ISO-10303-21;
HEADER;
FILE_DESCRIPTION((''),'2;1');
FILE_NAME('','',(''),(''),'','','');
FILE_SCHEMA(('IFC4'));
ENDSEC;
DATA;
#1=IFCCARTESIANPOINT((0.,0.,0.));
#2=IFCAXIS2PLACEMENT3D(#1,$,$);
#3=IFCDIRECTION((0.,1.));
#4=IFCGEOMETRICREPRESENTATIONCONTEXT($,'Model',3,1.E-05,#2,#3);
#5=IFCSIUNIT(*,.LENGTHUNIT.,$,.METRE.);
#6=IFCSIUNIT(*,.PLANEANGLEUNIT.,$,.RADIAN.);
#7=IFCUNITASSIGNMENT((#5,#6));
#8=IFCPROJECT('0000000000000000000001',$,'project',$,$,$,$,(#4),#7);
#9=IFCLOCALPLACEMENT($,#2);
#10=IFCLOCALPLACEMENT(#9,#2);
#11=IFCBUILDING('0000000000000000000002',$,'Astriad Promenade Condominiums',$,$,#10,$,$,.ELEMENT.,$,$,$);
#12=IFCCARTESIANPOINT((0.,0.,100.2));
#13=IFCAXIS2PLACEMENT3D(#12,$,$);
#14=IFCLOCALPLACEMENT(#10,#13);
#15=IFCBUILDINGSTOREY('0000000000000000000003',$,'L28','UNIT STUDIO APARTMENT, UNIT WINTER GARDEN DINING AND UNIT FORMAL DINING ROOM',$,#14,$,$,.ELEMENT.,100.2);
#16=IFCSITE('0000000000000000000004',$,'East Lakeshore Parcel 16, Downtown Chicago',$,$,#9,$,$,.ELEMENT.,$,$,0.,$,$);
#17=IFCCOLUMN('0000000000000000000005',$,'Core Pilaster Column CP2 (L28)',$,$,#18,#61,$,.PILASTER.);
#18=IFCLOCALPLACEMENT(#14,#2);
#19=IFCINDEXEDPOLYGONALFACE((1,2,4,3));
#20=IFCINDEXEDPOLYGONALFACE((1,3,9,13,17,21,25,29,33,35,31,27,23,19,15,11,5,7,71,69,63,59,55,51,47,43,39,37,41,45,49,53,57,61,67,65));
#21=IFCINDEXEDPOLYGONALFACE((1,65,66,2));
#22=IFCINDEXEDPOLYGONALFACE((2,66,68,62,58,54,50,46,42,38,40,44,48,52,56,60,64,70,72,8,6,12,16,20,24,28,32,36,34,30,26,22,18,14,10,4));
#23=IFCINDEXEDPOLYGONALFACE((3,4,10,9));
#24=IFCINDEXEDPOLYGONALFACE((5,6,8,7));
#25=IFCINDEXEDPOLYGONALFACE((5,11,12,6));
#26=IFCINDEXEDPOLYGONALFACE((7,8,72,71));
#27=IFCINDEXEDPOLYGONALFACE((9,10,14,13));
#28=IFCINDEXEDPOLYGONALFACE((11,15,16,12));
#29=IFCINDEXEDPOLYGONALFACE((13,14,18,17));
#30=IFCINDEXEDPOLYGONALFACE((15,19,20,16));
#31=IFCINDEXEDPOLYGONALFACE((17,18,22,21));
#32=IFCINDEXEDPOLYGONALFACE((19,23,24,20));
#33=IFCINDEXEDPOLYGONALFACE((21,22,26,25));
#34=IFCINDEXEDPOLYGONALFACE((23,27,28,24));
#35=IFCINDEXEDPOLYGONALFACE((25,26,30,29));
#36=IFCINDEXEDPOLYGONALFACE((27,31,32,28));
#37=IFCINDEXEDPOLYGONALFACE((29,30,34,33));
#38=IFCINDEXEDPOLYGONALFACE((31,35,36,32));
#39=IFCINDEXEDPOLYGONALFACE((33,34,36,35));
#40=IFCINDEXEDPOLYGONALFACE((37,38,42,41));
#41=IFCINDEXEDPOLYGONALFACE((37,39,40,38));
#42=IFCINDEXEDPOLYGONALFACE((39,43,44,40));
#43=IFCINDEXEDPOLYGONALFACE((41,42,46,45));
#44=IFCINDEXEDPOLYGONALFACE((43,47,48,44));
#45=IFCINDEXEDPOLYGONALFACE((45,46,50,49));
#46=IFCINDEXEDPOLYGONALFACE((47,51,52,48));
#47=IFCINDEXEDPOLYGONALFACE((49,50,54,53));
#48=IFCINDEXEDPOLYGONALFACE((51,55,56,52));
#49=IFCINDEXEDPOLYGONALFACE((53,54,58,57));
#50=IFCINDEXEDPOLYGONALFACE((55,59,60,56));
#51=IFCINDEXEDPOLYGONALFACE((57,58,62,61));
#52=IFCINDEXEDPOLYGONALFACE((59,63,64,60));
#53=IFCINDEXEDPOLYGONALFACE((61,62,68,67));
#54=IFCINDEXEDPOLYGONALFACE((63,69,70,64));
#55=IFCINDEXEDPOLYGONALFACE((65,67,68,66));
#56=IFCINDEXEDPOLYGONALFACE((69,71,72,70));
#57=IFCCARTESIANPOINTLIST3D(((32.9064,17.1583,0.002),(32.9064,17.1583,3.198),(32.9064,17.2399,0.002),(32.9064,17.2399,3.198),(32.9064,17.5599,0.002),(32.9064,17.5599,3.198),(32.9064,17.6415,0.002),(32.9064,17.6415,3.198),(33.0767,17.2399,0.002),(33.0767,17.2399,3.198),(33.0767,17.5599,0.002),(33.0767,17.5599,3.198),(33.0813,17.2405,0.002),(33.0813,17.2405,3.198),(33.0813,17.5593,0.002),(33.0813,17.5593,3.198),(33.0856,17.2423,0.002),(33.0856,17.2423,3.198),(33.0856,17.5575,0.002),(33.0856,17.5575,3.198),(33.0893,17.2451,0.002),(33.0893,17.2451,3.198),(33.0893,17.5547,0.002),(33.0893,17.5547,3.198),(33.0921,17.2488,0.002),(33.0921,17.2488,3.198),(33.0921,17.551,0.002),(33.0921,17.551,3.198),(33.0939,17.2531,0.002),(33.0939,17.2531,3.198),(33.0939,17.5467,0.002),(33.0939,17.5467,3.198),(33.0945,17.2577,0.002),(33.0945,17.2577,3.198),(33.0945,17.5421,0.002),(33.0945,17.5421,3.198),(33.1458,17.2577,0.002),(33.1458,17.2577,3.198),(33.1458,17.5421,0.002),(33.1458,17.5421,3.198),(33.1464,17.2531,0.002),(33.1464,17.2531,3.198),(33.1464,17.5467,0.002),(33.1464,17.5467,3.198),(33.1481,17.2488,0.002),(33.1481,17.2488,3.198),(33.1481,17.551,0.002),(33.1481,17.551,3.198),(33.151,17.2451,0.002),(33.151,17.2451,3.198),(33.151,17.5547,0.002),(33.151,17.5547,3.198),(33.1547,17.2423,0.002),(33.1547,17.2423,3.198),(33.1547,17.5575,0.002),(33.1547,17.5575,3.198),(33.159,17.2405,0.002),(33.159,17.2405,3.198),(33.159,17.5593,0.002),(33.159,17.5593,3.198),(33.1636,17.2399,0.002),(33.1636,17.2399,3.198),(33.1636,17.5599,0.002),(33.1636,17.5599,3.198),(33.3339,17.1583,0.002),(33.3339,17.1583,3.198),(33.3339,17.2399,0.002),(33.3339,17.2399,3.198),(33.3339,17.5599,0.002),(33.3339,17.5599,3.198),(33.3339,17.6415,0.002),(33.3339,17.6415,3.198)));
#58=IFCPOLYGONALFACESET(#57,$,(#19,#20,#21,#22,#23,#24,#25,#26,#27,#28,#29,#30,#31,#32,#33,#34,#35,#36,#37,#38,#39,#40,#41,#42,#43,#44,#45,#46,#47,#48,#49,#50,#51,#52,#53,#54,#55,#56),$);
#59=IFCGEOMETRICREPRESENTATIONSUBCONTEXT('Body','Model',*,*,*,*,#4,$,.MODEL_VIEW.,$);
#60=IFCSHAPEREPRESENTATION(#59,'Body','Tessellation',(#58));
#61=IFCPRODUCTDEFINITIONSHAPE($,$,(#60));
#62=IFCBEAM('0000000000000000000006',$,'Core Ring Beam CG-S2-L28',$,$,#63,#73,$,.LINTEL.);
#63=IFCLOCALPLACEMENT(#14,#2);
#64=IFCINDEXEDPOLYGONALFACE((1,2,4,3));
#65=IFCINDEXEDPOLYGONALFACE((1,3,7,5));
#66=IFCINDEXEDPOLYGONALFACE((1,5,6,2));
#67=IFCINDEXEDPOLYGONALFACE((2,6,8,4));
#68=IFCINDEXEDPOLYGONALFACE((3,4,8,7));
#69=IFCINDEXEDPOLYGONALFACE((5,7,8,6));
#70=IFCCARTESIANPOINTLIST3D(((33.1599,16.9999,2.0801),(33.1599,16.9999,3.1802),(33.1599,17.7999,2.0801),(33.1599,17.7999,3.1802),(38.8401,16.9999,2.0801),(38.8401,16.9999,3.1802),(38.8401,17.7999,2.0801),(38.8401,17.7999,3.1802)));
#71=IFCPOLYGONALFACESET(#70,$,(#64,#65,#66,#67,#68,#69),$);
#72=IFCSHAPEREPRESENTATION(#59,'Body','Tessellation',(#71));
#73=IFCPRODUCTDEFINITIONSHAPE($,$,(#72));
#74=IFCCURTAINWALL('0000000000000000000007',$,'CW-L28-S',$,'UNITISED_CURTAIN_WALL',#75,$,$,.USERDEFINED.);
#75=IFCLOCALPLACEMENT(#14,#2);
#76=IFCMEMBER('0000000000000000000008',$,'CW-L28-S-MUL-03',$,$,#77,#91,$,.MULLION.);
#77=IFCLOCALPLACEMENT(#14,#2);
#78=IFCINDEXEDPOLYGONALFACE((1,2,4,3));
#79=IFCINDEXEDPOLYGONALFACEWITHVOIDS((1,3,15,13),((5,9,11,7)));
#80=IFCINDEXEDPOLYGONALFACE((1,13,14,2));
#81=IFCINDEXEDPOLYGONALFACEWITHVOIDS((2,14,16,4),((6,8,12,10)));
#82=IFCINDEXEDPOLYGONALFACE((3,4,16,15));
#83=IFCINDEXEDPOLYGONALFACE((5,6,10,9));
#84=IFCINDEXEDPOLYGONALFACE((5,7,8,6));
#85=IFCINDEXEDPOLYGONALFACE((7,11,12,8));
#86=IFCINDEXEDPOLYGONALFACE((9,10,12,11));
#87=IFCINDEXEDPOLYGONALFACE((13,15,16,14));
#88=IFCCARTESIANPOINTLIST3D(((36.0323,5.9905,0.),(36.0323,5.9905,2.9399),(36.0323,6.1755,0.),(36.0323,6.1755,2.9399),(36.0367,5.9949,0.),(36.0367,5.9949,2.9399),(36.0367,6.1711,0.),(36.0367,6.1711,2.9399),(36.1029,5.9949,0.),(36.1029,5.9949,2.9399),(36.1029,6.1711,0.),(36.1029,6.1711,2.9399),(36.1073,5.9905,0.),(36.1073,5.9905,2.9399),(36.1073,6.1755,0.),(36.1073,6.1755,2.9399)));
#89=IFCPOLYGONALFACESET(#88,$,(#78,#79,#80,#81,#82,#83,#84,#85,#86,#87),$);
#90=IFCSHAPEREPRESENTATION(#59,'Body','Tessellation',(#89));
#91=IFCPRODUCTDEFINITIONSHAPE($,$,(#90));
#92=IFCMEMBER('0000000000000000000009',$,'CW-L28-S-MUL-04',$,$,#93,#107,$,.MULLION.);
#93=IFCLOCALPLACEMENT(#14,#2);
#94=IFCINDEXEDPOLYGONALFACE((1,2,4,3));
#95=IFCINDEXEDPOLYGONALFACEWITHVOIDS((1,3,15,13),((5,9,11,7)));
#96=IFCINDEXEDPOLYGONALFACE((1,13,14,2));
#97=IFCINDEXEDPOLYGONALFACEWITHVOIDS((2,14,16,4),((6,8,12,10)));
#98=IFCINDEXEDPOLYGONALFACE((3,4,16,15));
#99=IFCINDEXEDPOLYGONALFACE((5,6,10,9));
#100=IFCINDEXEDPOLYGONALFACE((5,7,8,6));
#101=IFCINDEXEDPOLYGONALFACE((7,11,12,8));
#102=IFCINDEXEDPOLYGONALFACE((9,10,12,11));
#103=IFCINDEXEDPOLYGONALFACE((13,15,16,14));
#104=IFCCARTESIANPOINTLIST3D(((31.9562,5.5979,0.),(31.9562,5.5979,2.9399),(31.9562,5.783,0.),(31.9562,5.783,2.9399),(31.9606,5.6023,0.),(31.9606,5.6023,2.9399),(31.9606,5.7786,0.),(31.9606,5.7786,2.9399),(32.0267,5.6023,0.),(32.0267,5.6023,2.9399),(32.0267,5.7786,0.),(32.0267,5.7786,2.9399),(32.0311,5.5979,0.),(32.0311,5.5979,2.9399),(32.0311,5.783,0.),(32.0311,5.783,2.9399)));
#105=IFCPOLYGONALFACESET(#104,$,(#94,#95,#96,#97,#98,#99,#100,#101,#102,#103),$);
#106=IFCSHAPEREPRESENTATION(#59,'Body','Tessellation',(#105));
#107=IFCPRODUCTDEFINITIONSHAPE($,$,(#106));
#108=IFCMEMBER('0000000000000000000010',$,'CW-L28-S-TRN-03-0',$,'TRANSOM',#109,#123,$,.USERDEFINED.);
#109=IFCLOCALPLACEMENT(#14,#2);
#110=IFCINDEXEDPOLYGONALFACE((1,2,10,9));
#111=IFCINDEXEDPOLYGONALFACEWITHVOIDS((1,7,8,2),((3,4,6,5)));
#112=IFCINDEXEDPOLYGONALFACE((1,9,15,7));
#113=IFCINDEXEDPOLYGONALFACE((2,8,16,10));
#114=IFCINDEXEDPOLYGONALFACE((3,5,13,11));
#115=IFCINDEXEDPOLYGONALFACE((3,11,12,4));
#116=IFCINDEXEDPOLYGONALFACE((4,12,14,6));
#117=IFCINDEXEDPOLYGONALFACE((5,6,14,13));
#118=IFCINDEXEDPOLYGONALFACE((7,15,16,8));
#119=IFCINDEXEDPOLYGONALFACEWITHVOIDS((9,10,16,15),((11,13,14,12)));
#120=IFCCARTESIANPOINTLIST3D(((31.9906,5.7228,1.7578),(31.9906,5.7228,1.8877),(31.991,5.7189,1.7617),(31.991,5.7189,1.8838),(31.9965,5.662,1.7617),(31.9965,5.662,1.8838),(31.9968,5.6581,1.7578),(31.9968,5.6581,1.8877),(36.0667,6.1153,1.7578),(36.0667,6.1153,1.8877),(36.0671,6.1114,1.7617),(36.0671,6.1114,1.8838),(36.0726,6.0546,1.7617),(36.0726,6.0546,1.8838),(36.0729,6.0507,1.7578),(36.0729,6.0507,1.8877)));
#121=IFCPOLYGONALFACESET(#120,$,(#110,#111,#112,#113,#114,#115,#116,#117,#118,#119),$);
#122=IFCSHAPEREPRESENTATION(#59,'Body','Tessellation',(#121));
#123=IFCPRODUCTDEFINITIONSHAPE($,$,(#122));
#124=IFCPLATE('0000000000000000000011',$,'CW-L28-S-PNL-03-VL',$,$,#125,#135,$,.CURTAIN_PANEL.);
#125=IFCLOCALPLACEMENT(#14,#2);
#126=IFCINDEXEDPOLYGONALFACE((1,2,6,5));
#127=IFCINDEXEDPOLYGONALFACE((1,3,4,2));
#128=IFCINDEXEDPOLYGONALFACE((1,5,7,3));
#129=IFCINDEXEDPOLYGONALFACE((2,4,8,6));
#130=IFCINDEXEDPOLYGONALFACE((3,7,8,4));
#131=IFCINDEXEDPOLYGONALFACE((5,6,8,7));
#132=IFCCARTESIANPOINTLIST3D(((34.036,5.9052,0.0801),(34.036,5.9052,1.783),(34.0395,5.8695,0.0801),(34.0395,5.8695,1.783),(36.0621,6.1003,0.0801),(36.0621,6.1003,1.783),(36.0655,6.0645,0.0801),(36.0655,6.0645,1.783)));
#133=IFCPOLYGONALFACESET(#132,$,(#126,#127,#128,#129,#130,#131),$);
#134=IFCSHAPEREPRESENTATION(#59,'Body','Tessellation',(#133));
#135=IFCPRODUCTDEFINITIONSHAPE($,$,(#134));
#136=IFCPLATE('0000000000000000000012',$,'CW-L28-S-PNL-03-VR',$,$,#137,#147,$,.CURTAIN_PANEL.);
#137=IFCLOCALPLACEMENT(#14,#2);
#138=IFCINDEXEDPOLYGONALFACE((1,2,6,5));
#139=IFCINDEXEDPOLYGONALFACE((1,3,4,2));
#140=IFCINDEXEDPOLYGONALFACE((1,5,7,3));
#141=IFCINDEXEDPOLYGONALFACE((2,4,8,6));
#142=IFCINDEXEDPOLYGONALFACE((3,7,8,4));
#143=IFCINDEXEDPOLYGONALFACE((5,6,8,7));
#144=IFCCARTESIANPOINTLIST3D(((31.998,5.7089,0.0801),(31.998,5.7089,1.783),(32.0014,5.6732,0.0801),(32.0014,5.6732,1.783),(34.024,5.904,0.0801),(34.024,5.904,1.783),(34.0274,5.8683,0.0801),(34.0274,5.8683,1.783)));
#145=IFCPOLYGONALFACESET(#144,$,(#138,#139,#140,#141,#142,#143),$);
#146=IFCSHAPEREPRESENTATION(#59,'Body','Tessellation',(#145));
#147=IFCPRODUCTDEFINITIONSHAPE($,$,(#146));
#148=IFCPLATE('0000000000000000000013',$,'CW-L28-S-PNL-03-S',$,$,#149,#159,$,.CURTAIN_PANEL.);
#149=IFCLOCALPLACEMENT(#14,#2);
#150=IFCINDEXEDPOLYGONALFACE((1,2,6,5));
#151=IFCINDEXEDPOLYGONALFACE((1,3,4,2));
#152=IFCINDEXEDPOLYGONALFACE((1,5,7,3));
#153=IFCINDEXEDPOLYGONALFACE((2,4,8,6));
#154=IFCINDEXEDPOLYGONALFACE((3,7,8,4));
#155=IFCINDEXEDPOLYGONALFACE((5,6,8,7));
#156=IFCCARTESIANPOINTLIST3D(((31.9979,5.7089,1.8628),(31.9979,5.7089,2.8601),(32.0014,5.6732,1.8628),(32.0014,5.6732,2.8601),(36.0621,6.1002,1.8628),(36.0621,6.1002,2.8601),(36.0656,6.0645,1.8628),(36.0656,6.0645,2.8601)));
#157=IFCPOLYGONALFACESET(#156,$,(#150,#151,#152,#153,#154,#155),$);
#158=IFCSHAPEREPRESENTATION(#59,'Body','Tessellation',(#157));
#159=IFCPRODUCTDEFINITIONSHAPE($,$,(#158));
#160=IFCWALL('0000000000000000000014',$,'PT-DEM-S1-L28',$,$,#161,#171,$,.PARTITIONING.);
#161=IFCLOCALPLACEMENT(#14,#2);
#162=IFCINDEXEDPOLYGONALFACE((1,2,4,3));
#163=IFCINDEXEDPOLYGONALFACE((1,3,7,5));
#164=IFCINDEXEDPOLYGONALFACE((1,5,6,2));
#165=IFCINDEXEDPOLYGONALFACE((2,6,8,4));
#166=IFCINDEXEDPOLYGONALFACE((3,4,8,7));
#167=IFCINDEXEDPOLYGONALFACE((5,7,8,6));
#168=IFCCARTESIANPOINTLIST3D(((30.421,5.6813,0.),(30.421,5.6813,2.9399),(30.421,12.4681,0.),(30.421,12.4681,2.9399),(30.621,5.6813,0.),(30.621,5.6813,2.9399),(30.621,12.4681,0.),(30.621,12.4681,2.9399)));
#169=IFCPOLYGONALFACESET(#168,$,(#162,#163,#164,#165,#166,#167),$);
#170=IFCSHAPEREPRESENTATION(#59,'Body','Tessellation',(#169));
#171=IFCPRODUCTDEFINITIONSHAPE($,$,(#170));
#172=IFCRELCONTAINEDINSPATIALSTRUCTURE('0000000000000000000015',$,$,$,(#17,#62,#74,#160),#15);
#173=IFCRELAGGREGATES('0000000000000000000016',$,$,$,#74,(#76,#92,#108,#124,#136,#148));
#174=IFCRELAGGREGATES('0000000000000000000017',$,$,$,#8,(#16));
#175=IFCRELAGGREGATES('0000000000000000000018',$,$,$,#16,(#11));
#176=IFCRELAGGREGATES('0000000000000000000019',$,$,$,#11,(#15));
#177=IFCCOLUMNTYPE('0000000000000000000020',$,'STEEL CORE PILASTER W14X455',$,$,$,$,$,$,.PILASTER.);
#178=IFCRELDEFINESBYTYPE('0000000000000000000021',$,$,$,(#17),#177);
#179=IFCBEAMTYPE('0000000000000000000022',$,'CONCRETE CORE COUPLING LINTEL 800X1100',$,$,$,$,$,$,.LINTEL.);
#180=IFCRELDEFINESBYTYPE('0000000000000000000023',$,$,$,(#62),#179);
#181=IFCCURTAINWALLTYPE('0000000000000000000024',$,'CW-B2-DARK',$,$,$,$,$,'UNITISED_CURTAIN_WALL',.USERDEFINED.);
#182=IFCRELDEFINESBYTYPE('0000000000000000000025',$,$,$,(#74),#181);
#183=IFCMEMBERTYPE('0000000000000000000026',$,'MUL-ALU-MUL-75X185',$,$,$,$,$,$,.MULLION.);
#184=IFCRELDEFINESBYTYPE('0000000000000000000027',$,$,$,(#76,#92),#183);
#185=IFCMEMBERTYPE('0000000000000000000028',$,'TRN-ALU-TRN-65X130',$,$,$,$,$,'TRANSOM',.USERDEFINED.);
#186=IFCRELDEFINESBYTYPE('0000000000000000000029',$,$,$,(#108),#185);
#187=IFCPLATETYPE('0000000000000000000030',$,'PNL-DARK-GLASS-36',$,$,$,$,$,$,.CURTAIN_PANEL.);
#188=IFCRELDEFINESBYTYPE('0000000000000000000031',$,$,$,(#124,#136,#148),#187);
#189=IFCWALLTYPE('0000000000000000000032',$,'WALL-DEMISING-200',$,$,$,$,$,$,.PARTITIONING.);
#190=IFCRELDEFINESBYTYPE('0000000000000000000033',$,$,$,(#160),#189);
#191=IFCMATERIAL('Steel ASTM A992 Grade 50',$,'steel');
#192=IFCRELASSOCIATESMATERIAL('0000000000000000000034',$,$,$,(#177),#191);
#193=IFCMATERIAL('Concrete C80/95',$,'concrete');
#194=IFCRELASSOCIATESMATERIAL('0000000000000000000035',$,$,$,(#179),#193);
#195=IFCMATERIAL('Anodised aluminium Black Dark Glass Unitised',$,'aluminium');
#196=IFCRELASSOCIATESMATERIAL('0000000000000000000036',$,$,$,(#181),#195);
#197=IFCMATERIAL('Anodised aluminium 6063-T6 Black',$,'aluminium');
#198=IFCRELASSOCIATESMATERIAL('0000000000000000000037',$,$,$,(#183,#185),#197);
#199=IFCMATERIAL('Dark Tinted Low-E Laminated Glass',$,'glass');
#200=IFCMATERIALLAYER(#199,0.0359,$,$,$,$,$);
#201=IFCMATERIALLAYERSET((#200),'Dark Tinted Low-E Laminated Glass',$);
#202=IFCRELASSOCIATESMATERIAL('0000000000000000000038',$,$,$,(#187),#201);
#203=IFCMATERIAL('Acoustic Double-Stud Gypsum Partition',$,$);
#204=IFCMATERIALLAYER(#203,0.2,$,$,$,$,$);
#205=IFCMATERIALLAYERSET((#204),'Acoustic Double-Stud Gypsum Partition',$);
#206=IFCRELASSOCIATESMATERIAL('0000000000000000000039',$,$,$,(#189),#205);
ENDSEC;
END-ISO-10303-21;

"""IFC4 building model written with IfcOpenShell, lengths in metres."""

from ifc_helpers import new_model, si_unit, direction, frame, frame_2d, origin, origin_2d, place, context, subcontext, project, spatial, rectangle, hollow_rectangle, i_section, extrude, source, transform, mapped, material, layer, layer_set, material_profile, profile_set, type_object, type_shapes, element, aggregate, save


model = new_model("IFC4")

# Units and contexts
model_context = context("Model", 3, precision=1e-05, world=origin(), true_north=direction((0.0, 1.0)))
body_context = subcontext(model_context, "Body", "Model", "MODEL_VIEW")
ifc_project = project(units=[si_unit("LENGTHUNIT", "METRE"), si_unit("PLANEANGLEUNIT", "RADIAN")], contexts=[model_context])

# Site, building, storey
site_placement = place(None, origin())
site = spatial("IfcSite", under=ifc_project, at=site_placement, Name="East Lakeshore Parcel 16, Downtown Chicago", CompositionType="ELEMENT", RefElevation=0.0)
building_placement = place(site_placement, origin())
building = spatial("IfcBuilding", under=site, at=building_placement, Name="Astriad Promenade Condominiums", CompositionType="ELEMENT")
storey_placement = place(building_placement, frame((0.0, 0.0, 100.2)))
storey = spatial("IfcBuildingStorey", under=building, at=storey_placement, Name="L28", Description="UNIT STUDIO APARTMENT, UNIT WINTER GARDEN DINING AND UNIT FORMAL DINING ROOM", CompositionType="ELEMENT", Elevation=100.2)

# Column
ifc_material_1 = material(Name="Steel ASTM A992 Grade 50", Category="steel")
ifc_material_profile_1 = material_profile(ifc_material_1, i_section(OverallWidth=0.4275, OverallDepth=0.4832, WebThickness=0.0513, FlangeThickness=0.0815, FilletRadius=0.0178, at=origin_2d()), Name="W14X455")
ifc_profile_set_1 = profile_set([ifc_material_profile_1], Name="Steel ASTM A992 Grade 50")
column_type = type_object("IfcColumnType", Name="STEEL CORE PILASTER W14X455", PredefinedType="PILASTER", material=ifc_profile_set_1)
shared_shape_1 = source(origin(), body_context, "Body", "SweptSolid", [
    extrude(i_section(OverallWidth=0.4275, OverallDepth=0.4832, WebThickness=0.0513, FlangeThickness=0.0815, FilletRadius=0.0178, at=origin_2d()), origin(), (0.0, 0.0, 1.0), 3.196),
])
type_shapes(column_type, [shared_shape_1])
column_placement = place(storey_placement, frame((33.1201, 17.3999, 0.002), z_axis=(0.0, 0.0, 1.0), x_axis=(1.0, 0.0, 0.0)))
element("IfcColumn", 1, at=column_placement, inside=storey, type_object=column_type, Name="Core Pilaster Column CP2 (L28)", PredefinedType="PILASTER", context=body_context, shape_type="MappedRepresentation", body=[
    mapped(shared_shape_1, transform((0.0, 0.0, 0.0), scale=1.0)),
])

# Beam
ifc_material_2 = material(Name="Concrete C80/95", Category="concrete")
ifc_material_profile_2 = material_profile(ifc_material_2, rectangle(XDim=0.8, YDim=1.1001, at=origin_2d()), Name="RC-BM-800X1100")
ifc_profile_set_2 = profile_set([ifc_material_profile_2], Name="Concrete C80/95")
beam_type = type_object("IfcBeamType", Name="CONCRETE CORE COUPLING LINTEL 800X1100", PredefinedType="LINTEL", material=ifc_profile_set_2)
shared_shape_2 = source(origin(), body_context, "Body", "SweptSolid", [
    extrude(rectangle(XDim=0.8, YDim=1.1001, at=origin_2d()), origin(), (0.0, 0.0, 1.0), 5.6802),
])
type_shapes(beam_type, [shared_shape_2])
beam_placement = place(storey_placement, frame((33.1599, 17.3999, 2.6301), z_axis=(1.0, 0.0, 0.0), x_axis=(0.0, 1.0, 0.0)))
element("IfcBeam", 2, at=beam_placement, inside=storey, type_object=beam_type, Name="Core Ring Beam CG-S2-L28", PredefinedType="LINTEL", context=body_context, shape_type="MappedRepresentation", body=[
    mapped(shared_shape_2, transform((0.0, 0.0, 0.0), scale=1.0)),
])

# Curtain wall, members, plates
ifc_material_3 = material(Name="Anodised aluminium Black Dark Glass Unitised", Category="aluminium")
curtain_wall_type = type_object("IfcCurtainWallType", Name="CW-B2-DARK", ElementType="UNITISED_CURTAIN_WALL", PredefinedType="USERDEFINED", material=ifc_material_3)
curtain_wall_placement = place(storey_placement, origin())
curtain_wall = element("IfcCurtainWall", 3, at=curtain_wall_placement, inside=storey, type_object=curtain_wall_type, Name="CW-L28-S", ObjectType="UNITISED_CURTAIN_WALL", PredefinedType="USERDEFINED")
ifc_material_4 = material(Name="Anodised aluminium 6063-T6 Black", Category="aluminium")
ifc_material_profile_3 = material_profile(ifc_material_4, hollow_rectangle(XDim=0.075, YDim=0.1851, WallThickness=0.0044, at=origin_2d()), Name="ALU-MUL-75X185")
ifc_profile_set_3 = profile_set([ifc_material_profile_3], Name="Anodised aluminium 6063-T6 Black")
member_type_1 = type_object("IfcMemberType", Name="MUL-ALU-MUL-75X185", PredefinedType="MULLION", material=ifc_profile_set_3)
shared_shape_3 = source(origin(), body_context, "Body", "SweptSolid", [
    extrude(hollow_rectangle(XDim=0.075, YDim=0.1851, WallThickness=0.0044, at=origin_2d()), origin(), (0.0, 0.0, 1.0), 2.9399),
])
type_shapes(member_type_1, [shared_shape_3])
member_1_placement = place(storey_placement, frame((36.0698, 6.083, 0.0), z_axis=(0.0, 0.0, 1.0), x_axis=(1.0, 0.0, 0.0)))
member_1 = element("IfcMember", 4, at=member_1_placement, type_object=member_type_1, Name="CW-L28-S-MUL-03", PredefinedType="MULLION", context=body_context, shape_type="MappedRepresentation", body=[
    mapped(shared_shape_3, transform((0.0, 0.0, 0.0), scale=1.0)),
])
member_2_placement = place(storey_placement, frame((31.9937, 5.6904, 0.0), z_axis=(0.0, 0.0, 1.0), x_axis=(1.0, 0.0, 0.0)))
member_2 = element("IfcMember", 5, at=member_2_placement, type_object=member_type_1, Name="CW-L28-S-MUL-04", PredefinedType="MULLION", context=body_context, shape_type="MappedRepresentation", body=[
    mapped(shared_shape_3, transform((0.0, 0.0, 0.0), scale=1.0)),
])
ifc_material_profile_4 = material_profile(ifc_material_4, hollow_rectangle(XDim=0.0649, YDim=0.1299, WallThickness=0.0039, at=origin_2d()), Name="ALU-TRN-65X130")
ifc_profile_set_4 = profile_set([ifc_material_profile_4], Name="Anodised aluminium 6063-T6 Black")
member_type_2 = type_object("IfcMemberType", Name="TRN-ALU-TRN-65X130", ElementType="TRANSOM", PredefinedType="USERDEFINED", material=ifc_profile_set_4)
shared_shape_4 = source(origin(), body_context, "Body", "SweptSolid", [
    extrude(hollow_rectangle(XDim=0.0649, YDim=0.1299, WallThickness=0.0039, at=origin_2d()), origin(), (0.0, 0.0, 1.0), 4.095),
])
type_shapes(member_type_2, [shared_shape_4])
member_3_placement = place(storey_placement, frame((36.0698, 6.083, 1.8228), z_axis=(-0.995394, -0.095867, 0.0), x_axis=(0.095867, -0.995394, 0.0)))
member_3 = element("IfcMember", 6, at=member_3_placement, type_object=member_type_2, Name="CW-L28-S-TRN-03-0", ObjectType="TRANSOM", PredefinedType="USERDEFINED", context=body_context, shape_type="MappedRepresentation", body=[
    mapped(shared_shape_4, transform((0.0, 0.0, 0.0), scale=1.0)),
])
ifc_material_5 = material(Name="Dark Tinted Low-E Laminated Glass", Category="glass")
ifc_layer_1 = layer(ifc_material_5, 0.0359)
ifc_layer_set_1 = layer_set([ifc_layer_1], Name="Dark Tinted Low-E Laminated Glass")
plate_type = type_object("IfcPlateType", Name="PNL-DARK-GLASS-36", PredefinedType="CURTAIN_PANEL", material=ifc_layer_set_1)
shared_shape_5 = source(origin(), body_context, "Body", "SweptSolid", [
    extrude(rectangle(XDim=2.0354, YDim=0.0359, at=origin_2d()), origin(), (0.0, 0.0, 1.0), 1.7029),
])
plate_1_placement = place(storey_placement, frame((35.0508, 5.9849, 0.0801), z_axis=(0.0, 0.0, 1.0), x_axis=(-0.995396, -0.095846, 0.0)))
plate_1 = element("IfcPlate", 7, at=plate_1_placement, type_object=plate_type, Name="CW-L28-S-PNL-03-VL", PredefinedType="CURTAIN_PANEL", context=body_context, shape_type="MappedRepresentation", body=[
    mapped(shared_shape_5, transform((0.0, 0.0, 0.0), scale=1.0)),
])
plate_2_placement = place(storey_placement, frame((33.0127, 5.7886, 0.0801), z_axis=(0.0, 0.0, 1.0), x_axis=(-0.995396, -0.095846, 0.0)))
plate_2 = element("IfcPlate", 8, at=plate_2_placement, type_object=plate_type, Name="CW-L28-S-PNL-03-VR", PredefinedType="CURTAIN_PANEL", context=body_context, shape_type="MappedRepresentation", body=[
    mapped(shared_shape_5, transform((0.0, 0.0, 0.0), scale=1.0)),
])
shared_shape_6 = source(origin(), body_context, "Body", "SweptSolid", [
    extrude(rectangle(XDim=4.083, YDim=0.0359, at=origin_2d()), origin(), (0.0, 0.0, 1.0), 0.9973),
])
type_shapes(plate_type, [shared_shape_5, shared_shape_6])
plate_3_placement = place(storey_placement, frame((34.0317, 5.8867, 1.8628), z_axis=(0.0, 0.0, 1.0), x_axis=(-0.995396, -0.095846, 0.0)))
plate_3 = element("IfcPlate", 9, at=plate_3_placement, type_object=plate_type, Name="CW-L28-S-PNL-03-S", PredefinedType="CURTAIN_PANEL", context=body_context, shape_type="MappedRepresentation", body=[
    mapped(shared_shape_6, transform((0.0, 0.0, 0.0), scale=1.0)),
])
aggregate(curtain_wall, [member_1, member_2, member_3, plate_1, plate_2, plate_3])

# Wall
ifc_material_6 = material(Name="Acoustic Double-Stud Gypsum Partition")
ifc_layer_2 = layer(ifc_material_6, 0.2)
ifc_layer_set_2 = layer_set([ifc_layer_2], Name="Acoustic Double-Stud Gypsum Partition")
wall_type_1 = type_object("IfcWallType", Name="WALL-DEMISING-200", PredefinedType="PARTITIONING", material=ifc_layer_set_2)
wall_1_placement = place(storey_placement, frame((30.521, 5.6812, 0.0), z_axis=(0.0, 0.0, 1.0), x_axis=(0.0, 1.0, 0.0)))
element("IfcWall", 10, at=wall_1_placement, inside=storey, type_object=wall_type_1, Name="PT-DEM-S1-L28", PredefinedType="PARTITIONING", context=body_context, shape_type="SweptSolid", body=[
    extrude(rectangle(XDim=6.7869, YDim=0.2, at=frame_2d((3.3936, 0.0))), origin(), (0.0, 0.0, 1.0), 2.9399),
])

save(model, "model.ifc")
